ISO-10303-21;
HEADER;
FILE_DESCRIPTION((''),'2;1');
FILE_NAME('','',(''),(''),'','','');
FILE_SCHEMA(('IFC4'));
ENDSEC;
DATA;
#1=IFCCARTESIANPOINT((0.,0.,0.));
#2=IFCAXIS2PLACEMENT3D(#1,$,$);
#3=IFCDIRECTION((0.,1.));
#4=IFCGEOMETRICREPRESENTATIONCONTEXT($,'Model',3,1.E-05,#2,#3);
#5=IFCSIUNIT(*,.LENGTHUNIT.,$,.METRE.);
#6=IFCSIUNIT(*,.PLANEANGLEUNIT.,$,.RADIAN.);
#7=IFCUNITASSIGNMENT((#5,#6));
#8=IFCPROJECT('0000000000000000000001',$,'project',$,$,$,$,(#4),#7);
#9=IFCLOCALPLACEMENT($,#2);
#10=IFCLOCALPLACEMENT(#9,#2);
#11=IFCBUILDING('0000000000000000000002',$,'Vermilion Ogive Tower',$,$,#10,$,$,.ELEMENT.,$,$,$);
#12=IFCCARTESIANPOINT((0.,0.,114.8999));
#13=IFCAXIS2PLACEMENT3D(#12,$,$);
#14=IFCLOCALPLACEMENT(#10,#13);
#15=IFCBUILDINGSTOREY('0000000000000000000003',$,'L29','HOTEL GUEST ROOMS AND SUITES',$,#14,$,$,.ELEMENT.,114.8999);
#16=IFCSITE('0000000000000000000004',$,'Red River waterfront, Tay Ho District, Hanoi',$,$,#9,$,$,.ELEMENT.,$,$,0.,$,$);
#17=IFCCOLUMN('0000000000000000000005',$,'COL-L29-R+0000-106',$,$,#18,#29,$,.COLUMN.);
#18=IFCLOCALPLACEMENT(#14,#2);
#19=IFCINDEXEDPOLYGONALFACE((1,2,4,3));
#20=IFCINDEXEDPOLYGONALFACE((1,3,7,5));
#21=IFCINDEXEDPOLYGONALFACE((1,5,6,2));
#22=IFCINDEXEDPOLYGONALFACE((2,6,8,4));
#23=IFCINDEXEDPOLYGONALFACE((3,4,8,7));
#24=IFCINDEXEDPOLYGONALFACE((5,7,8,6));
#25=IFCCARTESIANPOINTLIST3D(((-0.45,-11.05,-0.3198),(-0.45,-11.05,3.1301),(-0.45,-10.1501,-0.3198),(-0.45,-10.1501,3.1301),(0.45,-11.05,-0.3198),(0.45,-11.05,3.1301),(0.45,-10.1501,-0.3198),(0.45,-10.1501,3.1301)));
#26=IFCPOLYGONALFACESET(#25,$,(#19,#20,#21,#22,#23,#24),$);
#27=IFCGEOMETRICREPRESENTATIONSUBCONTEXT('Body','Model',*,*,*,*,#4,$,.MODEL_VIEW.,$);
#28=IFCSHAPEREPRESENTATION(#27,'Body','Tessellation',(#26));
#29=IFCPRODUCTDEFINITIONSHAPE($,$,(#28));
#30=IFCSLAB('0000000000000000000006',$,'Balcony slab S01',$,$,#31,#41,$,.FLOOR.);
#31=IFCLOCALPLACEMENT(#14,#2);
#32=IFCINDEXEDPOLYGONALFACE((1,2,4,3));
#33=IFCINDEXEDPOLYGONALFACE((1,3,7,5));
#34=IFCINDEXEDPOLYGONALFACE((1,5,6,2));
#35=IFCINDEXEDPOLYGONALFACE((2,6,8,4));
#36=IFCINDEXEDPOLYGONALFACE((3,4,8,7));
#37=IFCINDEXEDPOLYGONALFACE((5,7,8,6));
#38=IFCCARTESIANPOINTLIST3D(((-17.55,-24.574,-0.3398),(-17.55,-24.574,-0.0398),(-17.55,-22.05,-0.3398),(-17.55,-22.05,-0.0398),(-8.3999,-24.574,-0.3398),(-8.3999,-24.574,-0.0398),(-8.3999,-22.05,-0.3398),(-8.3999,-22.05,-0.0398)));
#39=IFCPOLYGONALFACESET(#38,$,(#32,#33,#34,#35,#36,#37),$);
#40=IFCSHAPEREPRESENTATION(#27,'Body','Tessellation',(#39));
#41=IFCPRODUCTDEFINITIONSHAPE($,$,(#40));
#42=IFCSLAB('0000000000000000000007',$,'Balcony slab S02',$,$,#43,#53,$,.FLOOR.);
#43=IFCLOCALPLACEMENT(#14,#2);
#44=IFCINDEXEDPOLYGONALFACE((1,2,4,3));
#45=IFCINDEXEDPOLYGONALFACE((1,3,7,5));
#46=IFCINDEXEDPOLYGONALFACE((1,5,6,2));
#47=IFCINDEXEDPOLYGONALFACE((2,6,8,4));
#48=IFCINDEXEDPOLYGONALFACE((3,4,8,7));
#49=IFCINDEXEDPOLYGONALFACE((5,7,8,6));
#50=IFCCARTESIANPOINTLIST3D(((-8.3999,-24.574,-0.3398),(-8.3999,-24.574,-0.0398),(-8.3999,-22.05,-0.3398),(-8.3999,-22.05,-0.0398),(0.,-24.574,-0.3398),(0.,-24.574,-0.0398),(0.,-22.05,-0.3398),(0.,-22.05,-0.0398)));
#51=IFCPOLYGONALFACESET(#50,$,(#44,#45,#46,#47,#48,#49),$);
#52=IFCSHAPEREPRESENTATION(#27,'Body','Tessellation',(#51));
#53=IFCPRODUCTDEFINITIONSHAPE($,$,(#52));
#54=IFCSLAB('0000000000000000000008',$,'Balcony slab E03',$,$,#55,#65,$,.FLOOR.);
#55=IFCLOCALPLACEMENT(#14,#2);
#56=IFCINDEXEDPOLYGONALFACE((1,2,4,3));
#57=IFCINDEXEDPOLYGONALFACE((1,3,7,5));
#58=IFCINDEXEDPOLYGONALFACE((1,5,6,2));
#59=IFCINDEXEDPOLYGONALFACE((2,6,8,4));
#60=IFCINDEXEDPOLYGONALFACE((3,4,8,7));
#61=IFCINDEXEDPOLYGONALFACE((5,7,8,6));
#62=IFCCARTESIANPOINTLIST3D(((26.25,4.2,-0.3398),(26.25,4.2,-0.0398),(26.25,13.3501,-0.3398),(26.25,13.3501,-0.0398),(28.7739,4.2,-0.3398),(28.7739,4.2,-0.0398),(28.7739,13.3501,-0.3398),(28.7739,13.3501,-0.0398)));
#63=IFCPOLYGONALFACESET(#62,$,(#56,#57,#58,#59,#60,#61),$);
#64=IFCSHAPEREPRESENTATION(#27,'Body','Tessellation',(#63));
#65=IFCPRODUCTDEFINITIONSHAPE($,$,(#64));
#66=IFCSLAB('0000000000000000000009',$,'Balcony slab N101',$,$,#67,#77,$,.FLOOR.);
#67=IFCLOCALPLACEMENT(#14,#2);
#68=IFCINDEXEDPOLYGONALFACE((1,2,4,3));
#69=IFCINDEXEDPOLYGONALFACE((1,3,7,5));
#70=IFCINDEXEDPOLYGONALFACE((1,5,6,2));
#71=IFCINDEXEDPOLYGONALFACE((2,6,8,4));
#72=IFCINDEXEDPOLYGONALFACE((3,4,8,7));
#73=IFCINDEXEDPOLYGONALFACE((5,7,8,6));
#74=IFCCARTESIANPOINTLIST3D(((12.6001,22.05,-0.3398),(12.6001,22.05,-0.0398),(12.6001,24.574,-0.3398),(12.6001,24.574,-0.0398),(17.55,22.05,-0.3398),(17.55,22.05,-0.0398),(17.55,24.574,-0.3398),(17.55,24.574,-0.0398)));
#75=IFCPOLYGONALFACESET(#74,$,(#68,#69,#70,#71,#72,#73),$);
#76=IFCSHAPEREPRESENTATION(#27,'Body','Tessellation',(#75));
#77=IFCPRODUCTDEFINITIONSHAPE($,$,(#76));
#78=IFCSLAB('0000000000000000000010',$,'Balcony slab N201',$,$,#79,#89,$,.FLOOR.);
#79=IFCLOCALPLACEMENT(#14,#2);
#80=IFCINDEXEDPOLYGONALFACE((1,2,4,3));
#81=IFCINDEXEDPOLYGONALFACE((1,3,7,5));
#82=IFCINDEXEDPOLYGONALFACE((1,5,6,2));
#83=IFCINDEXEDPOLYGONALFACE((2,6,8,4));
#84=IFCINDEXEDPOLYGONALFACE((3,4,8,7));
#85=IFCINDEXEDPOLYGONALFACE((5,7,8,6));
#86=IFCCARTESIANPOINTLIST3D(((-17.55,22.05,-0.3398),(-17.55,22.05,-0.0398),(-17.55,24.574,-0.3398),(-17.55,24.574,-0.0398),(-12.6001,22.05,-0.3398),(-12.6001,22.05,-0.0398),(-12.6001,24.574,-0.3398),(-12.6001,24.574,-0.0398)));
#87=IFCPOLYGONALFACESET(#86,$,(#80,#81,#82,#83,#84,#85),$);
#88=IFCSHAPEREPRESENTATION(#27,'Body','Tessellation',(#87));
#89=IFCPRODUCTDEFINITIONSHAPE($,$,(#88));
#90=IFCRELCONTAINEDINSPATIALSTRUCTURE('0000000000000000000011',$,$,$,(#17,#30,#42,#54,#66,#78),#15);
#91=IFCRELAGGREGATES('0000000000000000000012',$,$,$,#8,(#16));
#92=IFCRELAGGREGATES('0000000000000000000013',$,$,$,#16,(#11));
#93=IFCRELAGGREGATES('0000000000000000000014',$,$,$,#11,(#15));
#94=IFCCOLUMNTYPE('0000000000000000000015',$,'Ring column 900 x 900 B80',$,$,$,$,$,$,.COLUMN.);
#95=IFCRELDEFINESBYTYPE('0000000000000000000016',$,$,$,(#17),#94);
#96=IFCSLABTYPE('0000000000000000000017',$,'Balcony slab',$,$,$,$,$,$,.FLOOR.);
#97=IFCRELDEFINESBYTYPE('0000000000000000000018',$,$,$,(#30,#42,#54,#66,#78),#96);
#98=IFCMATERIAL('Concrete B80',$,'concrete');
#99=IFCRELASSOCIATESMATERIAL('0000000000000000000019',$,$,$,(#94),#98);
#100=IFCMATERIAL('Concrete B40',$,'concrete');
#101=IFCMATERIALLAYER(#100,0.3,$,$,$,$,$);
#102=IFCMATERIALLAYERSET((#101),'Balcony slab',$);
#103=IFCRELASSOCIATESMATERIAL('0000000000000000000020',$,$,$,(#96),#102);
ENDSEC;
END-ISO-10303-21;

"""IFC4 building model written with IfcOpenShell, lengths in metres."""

from ifc_helpers import new_model, si_unit, direction, frame, origin, origin_2d, place, context, subcontext, project, spatial, polyline, rectangle, outline, extrude, material, layer, layer_set, material_profile, profile_set, type_object, element, save


model = new_model("IFC4")

# Units and contexts
model_context = context("Model", 3, precision=1e-05, world=origin(), true_north=direction((0.0, 1.0)))
body_context = subcontext(model_context, "Body", "Model", "MODEL_VIEW")
ifc_project = project(units=[si_unit("LENGTHUNIT", "METRE"), si_unit("PLANEANGLEUNIT", "RADIAN")], contexts=[model_context])

# Site, building, storey
site_placement = place(None, origin())
site = spatial("IfcSite", under=ifc_project, at=site_placement, Name="Red River waterfront, Tay Ho District, Hanoi", CompositionType="ELEMENT", RefElevation=0.0)
building_placement = place(site_placement, origin())
building = spatial("IfcBuilding", under=site, at=building_placement, Name="Vermilion Ogive Tower", CompositionType="ELEMENT")
storey_placement = place(building_placement, frame((0.0, 0.0, 114.8999)))
storey = spatial("IfcBuildingStorey", under=building, at=storey_placement, Name="L29", Description="HOTEL GUEST ROOMS AND SUITES", CompositionType="ELEMENT", Elevation=114.8999)

# Column
ifc_material_1 = material(Name="Concrete B80", Category="concrete")
ifc_material_profile = material_profile(ifc_material_1, rectangle(XDim=0.8999, YDim=0.8999, at=origin_2d()), Name="900 x 900")
ifc_profile_set = profile_set([ifc_material_profile], Name="Concrete B80")
column_type = type_object("IfcColumnType", Name="Ring column 900 x 900 B80", PredefinedType="COLUMN", material=ifc_profile_set)
column_placement = place(storey_placement, frame((0.0, -10.6001, -0.3198), z_axis=(0.0, 0.0, 1.0), x_axis=(1.0, 0.0, 0.0)))
element("IfcColumn", 1, at=column_placement, inside=storey, type_object=column_type, Name="COL-L29-R+0000-106", PredefinedType="COLUMN", context=body_context, shape_type="SweptSolid", body=[
    extrude(rectangle(XDim=0.8999, YDim=0.8999, at=origin_2d()), origin(), (0.0, 0.0, 1.0), 3.45),
])

# Slabs
ifc_material_2 = material(Name="Concrete B40", Category="concrete")
ifc_layer_1 = layer(ifc_material_2, 0.3)
ifc_layer_set_1 = layer_set([ifc_layer_1], Name="Balcony slab")
slab_type_1 = type_object("IfcSlabType", Name="Balcony slab", PredefinedType="FLOOR", material=ifc_layer_set_1)
slab_1_placement = place(storey_placement, frame((0.0, 0.0, -0.3398)))
element("IfcSlab", 2, at=slab_1_placement, inside=storey, type_object=slab_type_1, Name="Balcony slab S01", PredefinedType="FLOOR", context=body_context, shape_type="SweptSolid", body=[
    extrude(outline(polyline([(-17.55, -24.574), (-8.3999, -24.574), (-8.3999, -22.05), (-17.55, -22.05), (-17.55, -24.574)])), origin(), (0.0, 0.0, 1.0), 0.3),
])
slab_2_placement = place(storey_placement, frame((0.0, 0.0, -0.3398)))
element("IfcSlab", 3, at=slab_2_placement, inside=storey, type_object=slab_type_1, Name="Balcony slab S02", PredefinedType="FLOOR", context=body_context, shape_type="SweptSolid", body=[
    extrude(outline(polyline([(-8.3999, -24.574), (0.0, -24.574), (0.0, -22.05), (-8.3999, -22.05), (-8.3999, -24.574)])), origin(), (0.0, 0.0, 1.0), 0.3),
])
slab_3_placement = place(storey_placement, frame((0.0, 0.0, -0.3398)))
element("IfcSlab", 4, at=slab_3_placement, inside=storey, type_object=slab_type_1, Name="Balcony slab E03", PredefinedType="FLOOR", context=body_context, shape_type="SweptSolid", body=[
    extrude(outline(polyline([(28.7739, 4.2), (28.7739, 13.3501), (26.25, 13.3501), (26.25, 4.2), (28.7739, 4.2)])), origin(), (0.0, 0.0, 1.0), 0.3),
])
slab_4_placement = place(storey_placement, frame((0.0, 0.0, -0.3398)))
element("IfcSlab", 5, at=slab_4_placement, inside=storey, type_object=slab_type_1, Name="Balcony slab N101", PredefinedType="FLOOR", context=body_context, shape_type="SweptSolid", body=[
    extrude(outline(polyline([(17.55, 24.574), (12.6001, 24.574), (12.6001, 22.05), (17.55, 22.05), (17.55, 24.574)])), origin(), (0.0, 0.0, 1.0), 0.3),
])
slab_5_placement = place(storey_placement, frame((0.0, 0.0, -0.3398)))
element("IfcSlab", 6, at=slab_5_placement, inside=storey, type_object=slab_type_1, Name="Balcony slab N201", PredefinedType="FLOOR", context=body_context, shape_type="SweptSolid", body=[
    extrude(outline(polyline([(-12.6001, 24.574), (-17.55, 24.574), (-17.55, 22.05), (-12.6001, 22.05), (-12.6001, 24.574)])), origin(), (0.0, 0.0, 1.0), 0.3),
])

save(model, "model.ifc")
